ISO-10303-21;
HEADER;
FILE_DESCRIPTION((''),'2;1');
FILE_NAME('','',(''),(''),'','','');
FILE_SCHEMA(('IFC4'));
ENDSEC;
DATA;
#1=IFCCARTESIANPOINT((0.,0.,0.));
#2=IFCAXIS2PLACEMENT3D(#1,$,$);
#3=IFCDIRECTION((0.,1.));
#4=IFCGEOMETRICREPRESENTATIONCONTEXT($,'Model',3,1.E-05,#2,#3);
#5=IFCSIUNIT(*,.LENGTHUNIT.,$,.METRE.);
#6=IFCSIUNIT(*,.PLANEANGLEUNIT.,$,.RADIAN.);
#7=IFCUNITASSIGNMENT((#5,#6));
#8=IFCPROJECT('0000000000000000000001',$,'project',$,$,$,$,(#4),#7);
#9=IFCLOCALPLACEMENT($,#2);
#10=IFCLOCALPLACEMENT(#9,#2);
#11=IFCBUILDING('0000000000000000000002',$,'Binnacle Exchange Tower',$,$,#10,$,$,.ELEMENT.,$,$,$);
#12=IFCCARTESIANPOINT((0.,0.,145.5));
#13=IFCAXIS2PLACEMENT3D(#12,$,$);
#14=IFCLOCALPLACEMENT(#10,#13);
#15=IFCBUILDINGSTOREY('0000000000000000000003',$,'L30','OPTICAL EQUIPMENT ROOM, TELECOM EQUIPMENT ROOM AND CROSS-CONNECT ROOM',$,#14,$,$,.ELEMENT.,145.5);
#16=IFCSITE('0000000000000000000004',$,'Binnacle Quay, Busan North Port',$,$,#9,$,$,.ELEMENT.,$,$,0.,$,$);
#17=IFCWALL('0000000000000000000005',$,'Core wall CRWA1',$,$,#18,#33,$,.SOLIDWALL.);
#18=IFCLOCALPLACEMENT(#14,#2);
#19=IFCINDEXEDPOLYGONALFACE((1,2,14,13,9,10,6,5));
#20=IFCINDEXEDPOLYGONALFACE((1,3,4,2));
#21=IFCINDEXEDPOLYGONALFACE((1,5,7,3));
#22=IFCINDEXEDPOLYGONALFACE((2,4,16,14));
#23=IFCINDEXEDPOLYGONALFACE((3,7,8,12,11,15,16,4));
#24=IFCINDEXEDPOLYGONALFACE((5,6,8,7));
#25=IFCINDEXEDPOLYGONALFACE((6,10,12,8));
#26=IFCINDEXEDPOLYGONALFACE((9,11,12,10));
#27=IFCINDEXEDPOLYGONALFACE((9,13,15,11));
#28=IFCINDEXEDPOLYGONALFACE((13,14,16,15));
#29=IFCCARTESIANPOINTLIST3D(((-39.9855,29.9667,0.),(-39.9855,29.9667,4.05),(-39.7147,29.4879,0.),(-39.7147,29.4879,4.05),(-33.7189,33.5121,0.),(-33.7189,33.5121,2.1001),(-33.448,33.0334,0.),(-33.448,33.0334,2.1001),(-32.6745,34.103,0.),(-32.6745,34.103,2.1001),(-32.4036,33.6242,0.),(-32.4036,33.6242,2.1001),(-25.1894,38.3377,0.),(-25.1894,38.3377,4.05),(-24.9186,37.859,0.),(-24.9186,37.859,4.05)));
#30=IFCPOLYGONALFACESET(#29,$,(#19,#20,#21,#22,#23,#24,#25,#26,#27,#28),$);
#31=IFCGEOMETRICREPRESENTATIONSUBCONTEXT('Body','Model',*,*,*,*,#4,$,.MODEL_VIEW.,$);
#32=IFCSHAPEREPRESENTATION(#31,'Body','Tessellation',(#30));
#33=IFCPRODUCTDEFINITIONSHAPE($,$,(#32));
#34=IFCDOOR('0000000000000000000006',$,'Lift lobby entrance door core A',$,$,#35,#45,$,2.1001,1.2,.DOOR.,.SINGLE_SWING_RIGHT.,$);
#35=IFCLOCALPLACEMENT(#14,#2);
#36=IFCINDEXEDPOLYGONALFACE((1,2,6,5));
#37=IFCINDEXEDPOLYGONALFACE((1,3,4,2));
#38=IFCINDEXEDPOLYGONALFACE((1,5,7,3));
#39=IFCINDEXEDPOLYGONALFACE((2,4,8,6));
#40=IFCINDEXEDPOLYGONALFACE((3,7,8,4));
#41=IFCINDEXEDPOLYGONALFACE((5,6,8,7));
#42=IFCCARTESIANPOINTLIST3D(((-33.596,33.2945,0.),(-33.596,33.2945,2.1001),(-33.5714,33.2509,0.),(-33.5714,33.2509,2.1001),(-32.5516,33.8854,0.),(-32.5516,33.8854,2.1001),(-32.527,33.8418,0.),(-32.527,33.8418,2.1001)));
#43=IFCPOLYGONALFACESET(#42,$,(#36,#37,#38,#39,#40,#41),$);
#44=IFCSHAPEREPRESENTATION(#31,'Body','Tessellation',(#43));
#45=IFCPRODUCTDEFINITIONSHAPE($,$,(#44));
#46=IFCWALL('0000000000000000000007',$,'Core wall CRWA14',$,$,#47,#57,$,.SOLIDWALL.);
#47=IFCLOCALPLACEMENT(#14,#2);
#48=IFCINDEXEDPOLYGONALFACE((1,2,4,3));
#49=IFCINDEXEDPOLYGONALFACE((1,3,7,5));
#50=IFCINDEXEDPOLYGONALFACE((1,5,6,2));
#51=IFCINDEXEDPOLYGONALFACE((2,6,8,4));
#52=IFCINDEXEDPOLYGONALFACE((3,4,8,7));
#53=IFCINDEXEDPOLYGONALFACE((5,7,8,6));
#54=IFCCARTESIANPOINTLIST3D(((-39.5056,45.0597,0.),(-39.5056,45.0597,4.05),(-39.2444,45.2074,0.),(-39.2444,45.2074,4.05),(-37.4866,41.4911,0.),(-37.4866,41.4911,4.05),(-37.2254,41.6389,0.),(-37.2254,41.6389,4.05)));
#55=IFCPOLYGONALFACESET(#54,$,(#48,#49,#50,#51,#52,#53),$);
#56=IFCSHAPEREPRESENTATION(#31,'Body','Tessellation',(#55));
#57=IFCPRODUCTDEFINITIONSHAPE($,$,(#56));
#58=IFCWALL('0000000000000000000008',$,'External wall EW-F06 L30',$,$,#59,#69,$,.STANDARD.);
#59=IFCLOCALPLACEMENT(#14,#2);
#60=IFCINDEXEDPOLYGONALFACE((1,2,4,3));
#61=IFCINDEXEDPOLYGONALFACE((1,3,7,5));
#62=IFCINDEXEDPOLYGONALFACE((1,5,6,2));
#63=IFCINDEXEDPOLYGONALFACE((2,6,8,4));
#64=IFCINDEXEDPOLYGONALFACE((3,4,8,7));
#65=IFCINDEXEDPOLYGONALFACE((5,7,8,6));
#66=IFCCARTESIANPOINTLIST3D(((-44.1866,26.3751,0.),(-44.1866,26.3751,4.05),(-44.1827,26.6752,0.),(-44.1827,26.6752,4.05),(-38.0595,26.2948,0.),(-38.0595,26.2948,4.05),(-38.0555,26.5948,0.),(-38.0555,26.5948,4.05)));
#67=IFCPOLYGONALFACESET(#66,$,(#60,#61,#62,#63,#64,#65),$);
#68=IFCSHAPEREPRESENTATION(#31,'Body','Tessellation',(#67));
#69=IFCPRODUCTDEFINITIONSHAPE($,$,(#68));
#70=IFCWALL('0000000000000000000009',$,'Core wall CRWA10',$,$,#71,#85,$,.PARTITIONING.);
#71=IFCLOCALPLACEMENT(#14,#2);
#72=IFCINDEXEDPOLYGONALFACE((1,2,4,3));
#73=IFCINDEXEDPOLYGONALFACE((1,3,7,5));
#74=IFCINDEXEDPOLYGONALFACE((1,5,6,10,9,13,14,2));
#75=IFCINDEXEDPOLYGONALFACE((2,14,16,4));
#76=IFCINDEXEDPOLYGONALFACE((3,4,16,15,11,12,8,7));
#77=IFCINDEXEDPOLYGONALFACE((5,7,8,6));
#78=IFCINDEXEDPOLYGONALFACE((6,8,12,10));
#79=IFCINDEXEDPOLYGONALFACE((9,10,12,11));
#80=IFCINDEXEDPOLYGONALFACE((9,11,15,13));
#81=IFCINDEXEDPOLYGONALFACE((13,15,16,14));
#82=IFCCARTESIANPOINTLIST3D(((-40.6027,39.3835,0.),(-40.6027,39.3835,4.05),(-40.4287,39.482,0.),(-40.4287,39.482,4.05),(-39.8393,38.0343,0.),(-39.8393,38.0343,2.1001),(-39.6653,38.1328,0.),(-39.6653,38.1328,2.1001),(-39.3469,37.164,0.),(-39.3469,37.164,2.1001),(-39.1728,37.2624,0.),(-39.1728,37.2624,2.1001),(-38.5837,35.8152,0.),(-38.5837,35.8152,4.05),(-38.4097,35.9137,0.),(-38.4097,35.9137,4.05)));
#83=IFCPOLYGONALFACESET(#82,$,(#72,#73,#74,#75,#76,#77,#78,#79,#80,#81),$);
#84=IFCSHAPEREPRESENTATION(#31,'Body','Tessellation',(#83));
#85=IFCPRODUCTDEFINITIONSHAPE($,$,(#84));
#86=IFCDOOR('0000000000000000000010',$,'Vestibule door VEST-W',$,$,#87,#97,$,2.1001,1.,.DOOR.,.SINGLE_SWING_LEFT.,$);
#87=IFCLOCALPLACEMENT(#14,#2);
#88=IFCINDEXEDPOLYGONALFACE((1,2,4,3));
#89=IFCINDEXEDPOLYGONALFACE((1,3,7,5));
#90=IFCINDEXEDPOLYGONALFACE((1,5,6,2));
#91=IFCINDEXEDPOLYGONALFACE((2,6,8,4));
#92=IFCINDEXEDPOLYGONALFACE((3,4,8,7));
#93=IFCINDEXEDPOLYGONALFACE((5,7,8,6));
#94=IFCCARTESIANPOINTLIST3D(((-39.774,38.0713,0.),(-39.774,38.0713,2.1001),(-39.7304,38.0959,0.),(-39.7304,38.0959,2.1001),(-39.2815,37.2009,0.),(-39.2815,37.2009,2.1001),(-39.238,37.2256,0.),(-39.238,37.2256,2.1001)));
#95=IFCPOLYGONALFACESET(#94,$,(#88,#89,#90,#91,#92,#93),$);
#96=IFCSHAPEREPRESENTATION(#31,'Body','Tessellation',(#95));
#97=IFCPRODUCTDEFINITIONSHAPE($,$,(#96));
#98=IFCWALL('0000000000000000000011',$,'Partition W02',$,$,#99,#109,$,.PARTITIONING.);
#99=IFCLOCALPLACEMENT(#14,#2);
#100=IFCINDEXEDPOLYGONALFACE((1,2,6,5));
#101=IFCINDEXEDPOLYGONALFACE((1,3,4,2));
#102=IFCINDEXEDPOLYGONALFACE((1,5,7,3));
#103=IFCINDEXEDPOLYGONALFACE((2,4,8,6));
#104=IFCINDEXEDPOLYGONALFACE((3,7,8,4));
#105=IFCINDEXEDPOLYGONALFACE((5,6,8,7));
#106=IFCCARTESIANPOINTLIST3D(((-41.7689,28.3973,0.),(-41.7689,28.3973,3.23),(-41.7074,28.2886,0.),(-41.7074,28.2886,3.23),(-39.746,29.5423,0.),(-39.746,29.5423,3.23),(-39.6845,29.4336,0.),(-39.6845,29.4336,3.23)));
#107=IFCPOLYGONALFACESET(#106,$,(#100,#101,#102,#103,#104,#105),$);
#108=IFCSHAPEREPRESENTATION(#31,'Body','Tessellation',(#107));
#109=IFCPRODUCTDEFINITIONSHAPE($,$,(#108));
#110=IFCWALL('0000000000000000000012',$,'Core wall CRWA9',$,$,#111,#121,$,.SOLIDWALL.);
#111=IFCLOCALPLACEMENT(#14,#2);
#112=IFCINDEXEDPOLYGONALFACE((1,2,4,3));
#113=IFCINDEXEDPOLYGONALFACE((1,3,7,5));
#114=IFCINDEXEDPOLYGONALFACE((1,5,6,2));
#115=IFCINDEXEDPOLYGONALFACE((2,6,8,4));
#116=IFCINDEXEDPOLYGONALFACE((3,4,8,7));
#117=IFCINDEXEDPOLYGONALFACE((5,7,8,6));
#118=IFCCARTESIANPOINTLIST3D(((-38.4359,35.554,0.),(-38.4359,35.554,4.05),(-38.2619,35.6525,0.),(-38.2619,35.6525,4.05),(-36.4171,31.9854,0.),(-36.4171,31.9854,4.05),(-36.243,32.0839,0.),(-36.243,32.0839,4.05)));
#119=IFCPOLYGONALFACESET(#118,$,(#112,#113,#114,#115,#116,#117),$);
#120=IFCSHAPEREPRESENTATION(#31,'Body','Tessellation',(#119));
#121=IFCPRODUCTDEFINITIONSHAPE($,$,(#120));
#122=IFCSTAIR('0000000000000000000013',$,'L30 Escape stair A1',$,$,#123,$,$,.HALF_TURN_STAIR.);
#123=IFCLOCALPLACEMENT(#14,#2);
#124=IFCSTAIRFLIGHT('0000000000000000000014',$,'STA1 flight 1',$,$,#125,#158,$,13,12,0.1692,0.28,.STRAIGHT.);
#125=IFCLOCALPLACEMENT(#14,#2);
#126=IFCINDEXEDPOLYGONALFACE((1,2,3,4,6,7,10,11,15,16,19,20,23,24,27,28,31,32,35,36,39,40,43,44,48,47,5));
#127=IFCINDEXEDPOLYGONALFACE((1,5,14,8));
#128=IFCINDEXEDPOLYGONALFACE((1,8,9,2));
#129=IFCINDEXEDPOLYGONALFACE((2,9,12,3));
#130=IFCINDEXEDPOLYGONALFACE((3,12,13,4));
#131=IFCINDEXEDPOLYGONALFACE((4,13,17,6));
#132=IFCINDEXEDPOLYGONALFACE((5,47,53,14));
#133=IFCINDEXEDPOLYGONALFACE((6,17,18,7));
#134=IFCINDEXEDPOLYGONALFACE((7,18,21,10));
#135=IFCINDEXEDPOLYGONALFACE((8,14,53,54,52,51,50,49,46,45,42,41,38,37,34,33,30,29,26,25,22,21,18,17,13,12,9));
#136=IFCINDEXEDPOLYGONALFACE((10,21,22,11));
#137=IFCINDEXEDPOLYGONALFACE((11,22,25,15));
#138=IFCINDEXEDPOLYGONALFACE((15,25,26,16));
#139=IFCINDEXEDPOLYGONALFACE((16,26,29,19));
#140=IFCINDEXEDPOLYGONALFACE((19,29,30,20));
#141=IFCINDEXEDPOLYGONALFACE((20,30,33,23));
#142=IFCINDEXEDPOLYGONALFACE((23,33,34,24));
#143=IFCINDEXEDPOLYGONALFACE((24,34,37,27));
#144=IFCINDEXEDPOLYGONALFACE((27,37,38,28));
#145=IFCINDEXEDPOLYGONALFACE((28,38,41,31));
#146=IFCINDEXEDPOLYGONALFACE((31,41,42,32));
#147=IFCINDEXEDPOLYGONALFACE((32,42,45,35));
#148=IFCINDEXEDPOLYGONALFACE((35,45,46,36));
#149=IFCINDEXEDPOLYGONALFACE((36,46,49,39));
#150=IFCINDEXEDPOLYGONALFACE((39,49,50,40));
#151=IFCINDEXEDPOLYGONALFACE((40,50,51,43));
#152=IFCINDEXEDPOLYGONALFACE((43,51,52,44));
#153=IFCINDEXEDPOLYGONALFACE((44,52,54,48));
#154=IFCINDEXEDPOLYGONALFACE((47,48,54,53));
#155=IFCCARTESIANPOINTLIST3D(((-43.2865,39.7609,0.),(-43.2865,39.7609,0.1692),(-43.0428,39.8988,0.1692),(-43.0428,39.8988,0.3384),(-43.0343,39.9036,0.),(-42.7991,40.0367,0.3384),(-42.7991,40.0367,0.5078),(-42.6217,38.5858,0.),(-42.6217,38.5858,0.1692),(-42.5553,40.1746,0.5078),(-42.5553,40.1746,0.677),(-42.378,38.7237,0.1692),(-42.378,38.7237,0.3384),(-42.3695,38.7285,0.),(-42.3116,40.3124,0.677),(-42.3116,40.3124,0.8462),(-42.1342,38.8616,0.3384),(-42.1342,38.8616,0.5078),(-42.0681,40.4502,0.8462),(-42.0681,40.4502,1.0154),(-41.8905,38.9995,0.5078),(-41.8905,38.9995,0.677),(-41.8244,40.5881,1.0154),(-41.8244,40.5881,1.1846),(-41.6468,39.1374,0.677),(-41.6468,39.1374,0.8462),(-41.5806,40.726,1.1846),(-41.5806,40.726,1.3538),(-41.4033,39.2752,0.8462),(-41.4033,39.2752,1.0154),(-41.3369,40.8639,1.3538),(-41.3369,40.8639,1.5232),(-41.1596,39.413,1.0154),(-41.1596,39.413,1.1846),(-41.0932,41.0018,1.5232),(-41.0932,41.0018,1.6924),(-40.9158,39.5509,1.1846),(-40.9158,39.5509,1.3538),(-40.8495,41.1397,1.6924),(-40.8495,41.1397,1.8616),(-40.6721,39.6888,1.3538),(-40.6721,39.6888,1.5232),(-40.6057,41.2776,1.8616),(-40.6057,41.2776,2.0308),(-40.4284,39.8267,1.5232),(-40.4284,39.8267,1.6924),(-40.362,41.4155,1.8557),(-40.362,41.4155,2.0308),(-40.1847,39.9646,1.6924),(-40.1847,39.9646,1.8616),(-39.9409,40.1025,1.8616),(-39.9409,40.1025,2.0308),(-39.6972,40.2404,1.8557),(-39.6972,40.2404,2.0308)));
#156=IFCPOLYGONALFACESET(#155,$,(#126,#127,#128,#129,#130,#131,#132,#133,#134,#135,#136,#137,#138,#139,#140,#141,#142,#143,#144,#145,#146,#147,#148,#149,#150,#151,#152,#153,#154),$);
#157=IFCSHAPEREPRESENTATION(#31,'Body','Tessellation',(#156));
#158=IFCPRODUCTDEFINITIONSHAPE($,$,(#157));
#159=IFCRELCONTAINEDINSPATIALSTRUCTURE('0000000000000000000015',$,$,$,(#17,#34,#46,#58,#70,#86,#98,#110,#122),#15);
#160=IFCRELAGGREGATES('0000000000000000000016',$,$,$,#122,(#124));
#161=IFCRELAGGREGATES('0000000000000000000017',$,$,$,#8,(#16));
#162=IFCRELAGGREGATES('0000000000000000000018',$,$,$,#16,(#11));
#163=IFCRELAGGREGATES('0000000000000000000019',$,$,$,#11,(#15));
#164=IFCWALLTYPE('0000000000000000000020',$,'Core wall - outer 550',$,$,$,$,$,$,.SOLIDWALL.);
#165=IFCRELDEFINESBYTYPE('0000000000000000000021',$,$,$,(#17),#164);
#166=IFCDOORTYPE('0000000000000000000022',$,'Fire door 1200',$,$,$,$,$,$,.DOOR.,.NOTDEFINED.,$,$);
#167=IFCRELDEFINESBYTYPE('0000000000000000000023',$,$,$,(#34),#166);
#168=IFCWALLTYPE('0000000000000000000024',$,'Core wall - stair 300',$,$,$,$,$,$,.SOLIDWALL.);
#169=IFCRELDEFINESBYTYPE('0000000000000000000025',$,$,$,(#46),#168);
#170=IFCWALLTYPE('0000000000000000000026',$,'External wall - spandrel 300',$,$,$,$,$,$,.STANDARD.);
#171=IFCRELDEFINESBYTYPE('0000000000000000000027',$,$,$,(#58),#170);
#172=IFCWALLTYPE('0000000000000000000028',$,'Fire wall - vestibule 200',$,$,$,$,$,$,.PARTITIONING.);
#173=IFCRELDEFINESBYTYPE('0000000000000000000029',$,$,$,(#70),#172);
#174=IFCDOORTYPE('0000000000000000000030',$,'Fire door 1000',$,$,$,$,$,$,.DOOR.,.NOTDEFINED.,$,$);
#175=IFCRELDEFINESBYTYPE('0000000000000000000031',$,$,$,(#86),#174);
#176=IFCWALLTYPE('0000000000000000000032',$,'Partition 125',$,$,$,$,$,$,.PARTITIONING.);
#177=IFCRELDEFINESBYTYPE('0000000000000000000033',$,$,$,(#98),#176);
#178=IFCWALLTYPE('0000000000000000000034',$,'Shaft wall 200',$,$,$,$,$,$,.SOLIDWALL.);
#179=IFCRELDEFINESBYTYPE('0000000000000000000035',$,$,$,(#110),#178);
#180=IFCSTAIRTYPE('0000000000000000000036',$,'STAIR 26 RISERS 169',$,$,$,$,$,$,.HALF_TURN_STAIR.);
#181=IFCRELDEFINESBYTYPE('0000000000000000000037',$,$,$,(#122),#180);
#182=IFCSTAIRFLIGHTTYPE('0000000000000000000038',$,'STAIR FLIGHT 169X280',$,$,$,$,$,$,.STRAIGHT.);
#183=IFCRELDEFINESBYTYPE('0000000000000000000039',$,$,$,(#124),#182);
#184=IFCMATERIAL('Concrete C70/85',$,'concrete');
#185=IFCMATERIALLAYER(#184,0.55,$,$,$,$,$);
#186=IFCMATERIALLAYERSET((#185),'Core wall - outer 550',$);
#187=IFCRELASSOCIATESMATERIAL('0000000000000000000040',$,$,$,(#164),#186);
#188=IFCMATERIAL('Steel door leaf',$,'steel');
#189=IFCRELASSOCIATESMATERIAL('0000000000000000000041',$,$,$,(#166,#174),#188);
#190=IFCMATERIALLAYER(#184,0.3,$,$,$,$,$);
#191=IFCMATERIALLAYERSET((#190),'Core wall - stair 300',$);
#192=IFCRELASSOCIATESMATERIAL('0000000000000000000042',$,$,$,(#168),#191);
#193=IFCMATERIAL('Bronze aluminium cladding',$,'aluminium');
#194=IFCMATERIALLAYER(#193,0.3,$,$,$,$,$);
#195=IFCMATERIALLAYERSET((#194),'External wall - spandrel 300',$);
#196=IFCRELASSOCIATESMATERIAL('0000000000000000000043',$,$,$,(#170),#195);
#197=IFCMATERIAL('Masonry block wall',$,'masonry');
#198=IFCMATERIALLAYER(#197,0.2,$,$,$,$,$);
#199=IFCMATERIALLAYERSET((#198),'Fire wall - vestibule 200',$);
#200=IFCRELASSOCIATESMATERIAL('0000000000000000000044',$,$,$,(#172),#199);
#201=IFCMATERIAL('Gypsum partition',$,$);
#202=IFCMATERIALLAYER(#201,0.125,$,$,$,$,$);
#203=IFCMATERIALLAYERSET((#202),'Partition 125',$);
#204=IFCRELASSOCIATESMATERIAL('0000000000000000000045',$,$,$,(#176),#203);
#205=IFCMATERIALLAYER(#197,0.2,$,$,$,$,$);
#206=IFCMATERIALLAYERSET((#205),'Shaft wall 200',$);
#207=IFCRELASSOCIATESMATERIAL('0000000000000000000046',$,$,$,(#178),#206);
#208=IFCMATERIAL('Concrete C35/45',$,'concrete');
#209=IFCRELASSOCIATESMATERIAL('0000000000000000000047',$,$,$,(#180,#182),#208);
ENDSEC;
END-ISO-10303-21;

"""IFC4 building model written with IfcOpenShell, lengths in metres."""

from ifc_helpers import new_model, si_unit, direction, frame, frame_2d, origin, place, context, subcontext, project, spatial, polyline, rectangle, outline, extrude, material, layer, layer_set, type_object, element, fill, aggregate, save


model = new_model("IFC4")

# Units and contexts
model_context = context("Model", 3, precision=1e-05, world=origin(), true_north=direction((0.0, 1.0)))
body_context = subcontext(model_context, "Body", "Model", "MODEL_VIEW")
ifc_project = project(units=[si_unit("LENGTHUNIT", "METRE"), si_unit("PLANEANGLEUNIT", "RADIAN")], contexts=[model_context])

# Site, building, storey
site_placement = place(None, origin())
site = spatial("IfcSite", under=ifc_project, at=site_placement, Name="Binnacle Quay, Busan North Port", CompositionType="ELEMENT", RefElevation=0.0)
building_placement = place(site_placement, origin())
building = spatial("IfcBuilding", under=site, at=building_placement, Name="Binnacle Exchange Tower", CompositionType="ELEMENT")
storey_placement = place(building_placement, frame((0.0, 0.0, 145.5)))
storey = spatial("IfcBuildingStorey", under=building, at=storey_placement, Name="L30", Description="OPTICAL EQUIPMENT ROOM, TELECOM EQUIPMENT ROOM AND CROSS-CONNECT ROOM", CompositionType="ELEMENT", Elevation=145.5)

# Shared definitions
ifc_material_1 = material(Name="Concrete C70/85", Category="concrete")

# Shared definitions
ifc_material_2 = material(Name="Steel door leaf", Category="steel")

# Wall, opening, door
ifc_layer_1 = layer(ifc_material_1, 0.55)
ifc_layer_set_1 = layer_set([ifc_layer_1], Name="Core wall - outer 550")
wall_type_1 = type_object("IfcWallType", Name="Core wall - outer 550", PredefinedType="SOLIDWALL", material=ifc_layer_set_1)
wall_1_placement = place(storey_placement, frame((-39.8501, 29.7273, 0.0), z_axis=(0.0, 0.0, 1.0), x_axis=(0.87036, 0.492416, 0.0)))
wall_1 = element("IfcWall", 1, at=wall_1_placement, inside=storey, type_object=wall_type_1, Name="Core wall CRWA1", PredefinedType="SOLIDWALL", context=body_context, shape_type="SweptSolid", body=[
    extrude(rectangle(XDim=17.0, YDim=0.55, at=frame_2d((8.5, 0.0))), origin(), (0.0, 0.0, 1.0), 4.05),
])
opening_1_placement = place(wall_1_placement, frame((7.2, 0.0, 0.0)))
opening_1 = element("IfcOpeningElement", 2, at=opening_1_placement, cuts=wall_1, PredefinedType="OPENING", context=body_context, shape_type="SweptSolid", body=[
    extrude(rectangle(XDim=1.2, YDim=2.1001, at=frame_2d((0.6001, 1.05))), frame((0.0, 0.2849, 0.0), z_axis=(0.0, -1.0, 0.0), x_axis=(1.0, 0.0, 0.0)), (0.0, 0.0, 1.0), 0.5701),
])
door_type_1 = type_object("IfcDoorType", Name="Fire door 1200", OperationType="NOTDEFINED", PredefinedType="DOOR", material=ifc_material_2)
door_1_placement = place(opening_1_placement, frame((1.2, 0.0, 0.0), z_axis=(0.0, 0.0, 1.0), x_axis=(-1.0, 0.0, 0.0)))
door_1 = element("IfcDoor", 3, at=door_1_placement, inside=storey, type_object=door_type_1, Name="Lift lobby entrance door core A", OperationType="SINGLE_SWING_RIGHT", OverallHeight=2.1001, OverallWidth=1.2, PredefinedType="DOOR", context=body_context, shape_type="SweptSolid", body=[
    extrude(rectangle(XDim=1.2, YDim=2.1001, at=frame_2d((0.6001, 1.05))), frame((0.0, 0.0249, 0.0), z_axis=(0.0, -1.0, 0.0), x_axis=(1.0, 0.0, 0.0)), (0.0, 0.0, 1.0), 0.05),
])
fill(opening_1, door_1)

# Walls
ifc_layer_2 = layer(ifc_material_1, 0.3)
ifc_layer_set_2 = layer_set([ifc_layer_2], Name="Core wall - stair 300")
wall_type_2 = type_object("IfcWallType", Name="Core wall - stair 300", PredefinedType="SOLIDWALL", material=ifc_layer_set_2)
wall_2_placement = place(storey_placement, frame((-39.375, 45.1335, 0.0), z_axis=(0.0, 0.0, 1.0), x_axis=(0.492428, -0.870353, 0.0)))
element("IfcWall", 4, at=wall_2_placement, inside=storey, type_object=wall_type_2, Name="Core wall CRWA14", PredefinedType="SOLIDWALL", context=body_context, shape_type="SweptSolid", body=[
    extrude(rectangle(XDim=4.1001, YDim=0.3, at=frame_2d((2.05, 0.0))), origin(), (0.0, 0.0, 1.0), 4.05),
])
ifc_material_3 = material(Name="Bronze aluminium cladding", Category="aluminium")
ifc_layer_3 = layer(ifc_material_3, 0.3)
ifc_layer_set_3 = layer_set([ifc_layer_3], Name="External wall - spandrel 300")
wall_type_3 = type_object("IfcWallType", Name="External wall - spandrel 300", PredefinedType="STANDARD", material=ifc_layer_set_3)
wall_3_placement = place(storey_placement, frame((-38.0574, 26.4448, 0.0), z_axis=(0.0, 0.0, 1.0), x_axis=(-0.999914, 0.013108, 0.0)))
element("IfcWall", 5, at=wall_3_placement, inside=storey, type_object=wall_type_3, Name="External wall EW-F06 L30", PredefinedType="STANDARD", context=body_context, shape_type="SweptSolid", body=[
    extrude(rectangle(XDim=6.1277, YDim=0.3, at=frame_2d((3.064, 0.0))), origin(), (0.0, 0.0, 1.0), 4.05),
])

# Wall, opening, door
ifc_material_4 = material(Name="Masonry block wall", Category="masonry")
ifc_layer_4 = layer(ifc_material_4, 0.2)
ifc_layer_set_4 = layer_set([ifc_layer_4], Name="Fire wall - vestibule 200")
wall_type_4 = type_object("IfcWallType", Name="Fire wall - vestibule 200", PredefinedType="PARTITIONING", material=ifc_layer_set_4)
wall_4_placement = place(storey_placement, frame((-40.5156, 39.4326, 0.0), z_axis=(0.0, 0.0, 1.0), x_axis=(0.492454, -0.870339, 0.0)))
wall_4 = element("IfcWall", 6, at=wall_4_placement, inside=storey, type_object=wall_type_4, Name="Core wall CRWA10", PredefinedType="PARTITIONING", context=body_context, shape_type="SweptSolid", body=[
    extrude(rectangle(XDim=4.0999, YDim=0.2, at=frame_2d((2.0498, 0.0))), origin(), (0.0, 0.0, 1.0), 4.05),
])
opening_2_placement = place(wall_4_placement, frame((1.55, 0.0, 0.0)))
opening_2 = element("IfcOpeningElement", 7, at=opening_2_placement, cuts=wall_4, PredefinedType="OPENING", context=body_context, shape_type="SweptSolid", body=[
    extrude(rectangle(XDim=1.0, YDim=2.1001, at=frame_2d((0.5, 1.05))), frame((0.0, 0.1099, 0.0), z_axis=(0.0, -1.0, 0.0), x_axis=(1.0, 0.0, 0.0)), (0.0, 0.0, 1.0), 0.22),
])
door_type_2 = type_object("IfcDoorType", Name="Fire door 1000", OperationType="NOTDEFINED", PredefinedType="DOOR", material=ifc_material_2)
door_2_placement = place(opening_2_placement, frame((1.0, 0.0, 0.0), z_axis=(0.0, 0.0, 1.0), x_axis=(-1.0, 0.0, 0.0)))
door_2 = element("IfcDoor", 8, at=door_2_placement, inside=storey, type_object=door_type_2, Name="Vestibule door VEST-W", OperationType="SINGLE_SWING_LEFT", OverallHeight=2.1001, OverallWidth=1.0, PredefinedType="DOOR", context=body_context, shape_type="SweptSolid", body=[
    extrude(rectangle(XDim=1.0, YDim=2.1001, at=frame_2d((0.5, 1.05))), frame((0.0, 0.0249, 0.0), z_axis=(0.0, -1.0, 0.0), x_axis=(1.0, 0.0, 0.0)), (0.0, 0.0, 1.0), 0.05),
])
fill(opening_2, door_2)

# Walls
ifc_material_5 = material(Name="Gypsum partition")
ifc_layer_5 = layer(ifc_material_5, 0.125)
ifc_layer_set_5 = layer_set([ifc_layer_5], Name="Partition 125")
wall_type_5 = type_object("IfcWallType", Name="Partition 125", PredefinedType="PARTITIONING", material=ifc_layer_set_5)
wall_5_placement = place(storey_placement, frame((-41.738, 28.343, 0.0), z_axis=(0.0, 0.0, 1.0), x_axis=(0.870265, 0.492583, 0.0)))
element("IfcWall", 9, at=wall_5_placement, inside=storey, type_object=wall_type_5, Name="Partition W02", PredefinedType="PARTITIONING", context=body_context, shape_type="SweptSolid", body=[
    extrude(rectangle(XDim=2.3245, YDim=0.125, at=frame_2d((1.1621, 0.0))), origin(), (0.0, 0.0, 1.0), 3.23),
])
ifc_layer_6 = layer(ifc_material_4, 0.2)
ifc_layer_set_6 = layer_set([ifc_layer_6], Name="Shaft wall 200")
wall_type_6 = type_object("IfcWallType", Name="Shaft wall 200", PredefinedType="SOLIDWALL", material=ifc_layer_set_6)
wall_6_placement = place(storey_placement, frame((-38.3489, 35.6033, 0.0), z_axis=(0.0, 0.0, 1.0), x_axis=(0.492383, -0.870379, 0.0)))
element("IfcWall", 10, at=wall_6_placement, inside=storey, type_object=wall_type_6, Name="Core wall CRWA9", PredefinedType="SOLIDWALL", context=body_context, shape_type="SweptSolid", body=[
    extrude(rectangle(XDim=4.1001, YDim=0.2, at=frame_2d((2.05, 0.0))), origin(), (0.0, 0.0, 1.0), 4.05),
])

# Stair, stair flight
ifc_material_6 = material(Name="Concrete C35/45", Category="concrete")
stair_type = type_object("IfcStairType", Name="STAIR 26 RISERS 169", PredefinedType="HALF_TURN_STAIR", material=ifc_material_6)
stair_placement = place(storey_placement, origin())
stair = element("IfcStair", 11, at=stair_placement, inside=storey, type_object=stair_type, Name="L30 Escape stair A1", PredefinedType="HALF_TURN_STAIR")
stair_flight_type = type_object("IfcStairFlightType", Name="STAIR FLIGHT 169X280", PredefinedType="STRAIGHT", material=ifc_material_6)
stair_flight_1_placement = place(storey_placement, frame((-42.9541, 39.1733, 0.0), z_axis=(0.0, 0.0, 1.0), x_axis=(0.870356, 0.492424, 0.0)))
stair_flight_1 = element("IfcStairFlight", 12, at=stair_flight_1_placement, type_object=stair_flight_type, Name="STA1 flight 1", NumberOfRisers=13, NumberOfTreads=12, PredefinedType="STRAIGHT", RiserHeight=0.1692, TreadLength=0.28, context=body_context, shape_type="SweptSolid", body=[
    extrude(outline(polyline([(0.0, 0.0), (0.0, 0.1692), (0.28, 0.1692), (0.28, 0.3384), (0.5601, 0.3384), (0.5601, 0.5078), (0.8401, 0.5078), (0.8401, 0.677), (1.1201, 0.677), (1.1201, 0.8462), (1.3999, 0.8462), (1.3999, 1.0154), (1.6799, 1.0154), (1.6799, 1.1846), (1.96, 1.1846), (1.96, 1.3538), (2.24, 1.3538), (2.24, 1.5232), (2.52, 1.5232), (2.52, 1.6924), (2.8, 1.6924), (2.8, 1.8616), (3.0801, 1.8616), (3.0801, 2.0308), (3.3601, 2.0308), (3.3601, 2.2), (3.3601, 1.8557), (0.2898, 0.0), (0.0, 0.0)])), frame((0.0, 0.675, 0.0), z_axis=(0.0, -1.0, 0.0), x_axis=(1.0, 0.0, 0.0)), (0.0, 0.0, 1.0), 1.3501),
])
aggregate(stair, [stair_flight_1])

save(model, "model.ifc")
